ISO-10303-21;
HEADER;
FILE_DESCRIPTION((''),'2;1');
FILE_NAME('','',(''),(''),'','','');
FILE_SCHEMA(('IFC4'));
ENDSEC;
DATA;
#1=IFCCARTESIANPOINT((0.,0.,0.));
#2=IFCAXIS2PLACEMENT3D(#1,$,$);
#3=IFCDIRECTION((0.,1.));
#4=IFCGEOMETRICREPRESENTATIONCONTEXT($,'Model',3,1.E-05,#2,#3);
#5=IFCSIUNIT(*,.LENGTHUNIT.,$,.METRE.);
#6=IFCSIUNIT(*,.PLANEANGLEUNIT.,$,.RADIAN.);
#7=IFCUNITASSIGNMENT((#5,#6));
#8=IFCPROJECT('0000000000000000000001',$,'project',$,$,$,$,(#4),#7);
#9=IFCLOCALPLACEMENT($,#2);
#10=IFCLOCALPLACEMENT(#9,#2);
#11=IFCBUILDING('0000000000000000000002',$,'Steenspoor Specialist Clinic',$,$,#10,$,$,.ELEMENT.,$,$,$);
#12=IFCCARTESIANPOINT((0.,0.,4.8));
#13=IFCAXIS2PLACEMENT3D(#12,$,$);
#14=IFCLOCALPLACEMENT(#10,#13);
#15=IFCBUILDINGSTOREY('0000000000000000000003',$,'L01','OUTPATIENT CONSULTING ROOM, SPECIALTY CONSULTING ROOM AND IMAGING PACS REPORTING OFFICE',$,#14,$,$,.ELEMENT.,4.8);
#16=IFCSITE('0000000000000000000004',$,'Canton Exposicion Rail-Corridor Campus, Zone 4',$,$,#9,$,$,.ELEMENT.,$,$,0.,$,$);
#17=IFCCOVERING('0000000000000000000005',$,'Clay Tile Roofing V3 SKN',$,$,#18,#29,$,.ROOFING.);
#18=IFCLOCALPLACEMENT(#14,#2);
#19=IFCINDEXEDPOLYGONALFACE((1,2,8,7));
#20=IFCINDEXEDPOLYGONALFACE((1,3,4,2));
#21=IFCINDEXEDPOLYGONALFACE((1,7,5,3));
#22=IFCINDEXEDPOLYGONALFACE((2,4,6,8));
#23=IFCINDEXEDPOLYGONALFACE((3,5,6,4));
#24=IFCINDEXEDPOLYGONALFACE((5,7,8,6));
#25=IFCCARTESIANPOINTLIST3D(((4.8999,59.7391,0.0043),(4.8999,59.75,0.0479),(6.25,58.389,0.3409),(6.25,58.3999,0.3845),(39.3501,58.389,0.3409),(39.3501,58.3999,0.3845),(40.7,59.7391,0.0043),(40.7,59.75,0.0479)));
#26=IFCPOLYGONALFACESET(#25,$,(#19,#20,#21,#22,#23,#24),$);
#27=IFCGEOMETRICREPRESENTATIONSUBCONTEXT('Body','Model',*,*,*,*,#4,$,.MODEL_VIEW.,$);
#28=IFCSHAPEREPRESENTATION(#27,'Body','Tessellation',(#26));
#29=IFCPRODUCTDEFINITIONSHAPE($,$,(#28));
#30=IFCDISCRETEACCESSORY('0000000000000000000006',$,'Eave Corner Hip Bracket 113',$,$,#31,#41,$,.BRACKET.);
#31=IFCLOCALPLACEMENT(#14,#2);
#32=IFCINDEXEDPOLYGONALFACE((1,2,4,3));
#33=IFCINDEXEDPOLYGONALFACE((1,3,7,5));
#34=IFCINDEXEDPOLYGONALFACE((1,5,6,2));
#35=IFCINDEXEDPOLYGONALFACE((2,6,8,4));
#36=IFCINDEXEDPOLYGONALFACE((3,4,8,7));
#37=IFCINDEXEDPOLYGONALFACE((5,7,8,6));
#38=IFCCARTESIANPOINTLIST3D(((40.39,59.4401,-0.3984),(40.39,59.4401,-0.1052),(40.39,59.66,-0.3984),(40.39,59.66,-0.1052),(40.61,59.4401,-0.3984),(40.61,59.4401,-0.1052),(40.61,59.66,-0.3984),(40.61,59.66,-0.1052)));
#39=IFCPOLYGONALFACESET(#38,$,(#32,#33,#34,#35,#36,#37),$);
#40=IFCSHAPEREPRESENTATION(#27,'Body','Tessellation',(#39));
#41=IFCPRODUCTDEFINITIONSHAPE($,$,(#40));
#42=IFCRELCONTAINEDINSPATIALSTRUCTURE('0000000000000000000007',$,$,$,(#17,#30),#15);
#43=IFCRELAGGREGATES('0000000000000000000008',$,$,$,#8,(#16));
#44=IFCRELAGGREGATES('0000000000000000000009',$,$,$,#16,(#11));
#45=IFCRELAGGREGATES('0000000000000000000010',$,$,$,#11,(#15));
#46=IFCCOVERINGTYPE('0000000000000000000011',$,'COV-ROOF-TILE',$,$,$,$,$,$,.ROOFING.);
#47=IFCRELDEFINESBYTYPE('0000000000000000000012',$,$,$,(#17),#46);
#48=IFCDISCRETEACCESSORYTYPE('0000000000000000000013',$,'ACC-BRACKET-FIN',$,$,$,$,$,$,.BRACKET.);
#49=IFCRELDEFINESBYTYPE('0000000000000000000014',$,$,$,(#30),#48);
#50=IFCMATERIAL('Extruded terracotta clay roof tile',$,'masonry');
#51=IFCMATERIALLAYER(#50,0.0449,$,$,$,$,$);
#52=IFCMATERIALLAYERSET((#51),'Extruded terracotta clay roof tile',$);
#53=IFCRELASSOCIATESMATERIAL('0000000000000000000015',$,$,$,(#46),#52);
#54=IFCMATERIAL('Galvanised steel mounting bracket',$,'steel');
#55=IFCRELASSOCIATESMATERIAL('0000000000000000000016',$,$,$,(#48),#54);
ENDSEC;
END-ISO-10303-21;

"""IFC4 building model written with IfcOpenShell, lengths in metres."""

from ifc_helpers import new_model, si_unit, direction, frame, origin, origin_2d, place, context, subcontext, project, spatial, polyline, rectangle, outline, extrude, material, layer, layer_set, type_object, element, save


model = new_model("IFC4")

# Units and contexts
model_context = context("Model", 3, precision=1e-05, world=origin(), true_north=direction((0.0, 1.0)))
body_context = subcontext(model_context, "Body", "Model", "MODEL_VIEW")
ifc_project = project(units=[si_unit("LENGTHUNIT", "METRE"), si_unit("PLANEANGLEUNIT", "RADIAN")], contexts=[model_context])

# Site, building, storey
site_placement = place(None, origin())
site = spatial("IfcSite", under=ifc_project, at=site_placement, Name="Canton Exposicion Rail-Corridor Campus, Zone 4", CompositionType="ELEMENT", RefElevation=0.0)
building_placement = place(site_placement, origin())
building = spatial("IfcBuilding", under=site, at=building_placement, Name="Steenspoor Specialist Clinic", CompositionType="ELEMENT")
storey_placement = place(building_placement, frame((0.0, 0.0, 4.8)))
storey = spatial("IfcBuildingStorey", under=building, at=storey_placement, Name="L01", Description="OUTPATIENT CONSULTING ROOM, SPECIALTY CONSULTING ROOM AND IMAGING PACS REPORTING OFFICE", CompositionType="ELEMENT", Elevation=4.8)

# Shared definitions
ifc_material_1 = material(Name="Extruded terracotta clay roof tile", Category="masonry")

# Covering
ifc_layer_1 = layer(ifc_material_1, 0.0449)
ifc_layer_set_1 = layer_set([ifc_layer_1], Name="Extruded terracotta clay roof tile")
covering_type = type_object("IfcCoveringType", Name="COV-ROOF-TILE", PredefinedType="ROOFING", material=ifc_layer_set_1)
covering_placement = place(storey_placement, frame((40.7, 59.75, 0.0479), z_axis=(0.0, 0.241958, 0.970287), x_axis=(-1.0, 0.0, 0.0)))
element("IfcCovering", 1, at=covering_placement, inside=storey, type_object=covering_type, Name="Clay Tile Roofing V3 SKN", PredefinedType="ROOFING", context=body_context, shape_type="SweptSolid", body=[
    extrude(outline(polyline([(0.0, 0.0), (35.8, 0.0), (34.45, 1.3914), (1.3499, 1.3914), (0.0, 0.0)])), origin(), (0.0, 0.0, -1.0), 0.0449),
])

# Discrete accessory
ifc_material_2 = material(Name="Galvanised steel mounting bracket", Category="steel")
discrete_accessory_type = type_object("IfcDiscreteAccessoryType", Name="ACC-BRACKET-FIN", PredefinedType="BRACKET", material=ifc_material_2)
discrete_accessory_placement = place(storey_placement, frame((40.5, 59.55, -0.3984), z_axis=(0.0, 0.0, 1.0), x_axis=(1.0, 0.0, 0.0)))
element("IfcDiscreteAccessory", 2, at=discrete_accessory_placement, inside=storey, type_object=discrete_accessory_type, Name="Eave Corner Hip Bracket 113", PredefinedType="BRACKET", context=body_context, shape_type="SweptSolid", body=[
    extrude(rectangle(XDim=0.22, YDim=0.22, at=origin_2d()), origin(), (0.0, 0.0, 1.0), 0.2932),
])

save(model, "model.ifc")
